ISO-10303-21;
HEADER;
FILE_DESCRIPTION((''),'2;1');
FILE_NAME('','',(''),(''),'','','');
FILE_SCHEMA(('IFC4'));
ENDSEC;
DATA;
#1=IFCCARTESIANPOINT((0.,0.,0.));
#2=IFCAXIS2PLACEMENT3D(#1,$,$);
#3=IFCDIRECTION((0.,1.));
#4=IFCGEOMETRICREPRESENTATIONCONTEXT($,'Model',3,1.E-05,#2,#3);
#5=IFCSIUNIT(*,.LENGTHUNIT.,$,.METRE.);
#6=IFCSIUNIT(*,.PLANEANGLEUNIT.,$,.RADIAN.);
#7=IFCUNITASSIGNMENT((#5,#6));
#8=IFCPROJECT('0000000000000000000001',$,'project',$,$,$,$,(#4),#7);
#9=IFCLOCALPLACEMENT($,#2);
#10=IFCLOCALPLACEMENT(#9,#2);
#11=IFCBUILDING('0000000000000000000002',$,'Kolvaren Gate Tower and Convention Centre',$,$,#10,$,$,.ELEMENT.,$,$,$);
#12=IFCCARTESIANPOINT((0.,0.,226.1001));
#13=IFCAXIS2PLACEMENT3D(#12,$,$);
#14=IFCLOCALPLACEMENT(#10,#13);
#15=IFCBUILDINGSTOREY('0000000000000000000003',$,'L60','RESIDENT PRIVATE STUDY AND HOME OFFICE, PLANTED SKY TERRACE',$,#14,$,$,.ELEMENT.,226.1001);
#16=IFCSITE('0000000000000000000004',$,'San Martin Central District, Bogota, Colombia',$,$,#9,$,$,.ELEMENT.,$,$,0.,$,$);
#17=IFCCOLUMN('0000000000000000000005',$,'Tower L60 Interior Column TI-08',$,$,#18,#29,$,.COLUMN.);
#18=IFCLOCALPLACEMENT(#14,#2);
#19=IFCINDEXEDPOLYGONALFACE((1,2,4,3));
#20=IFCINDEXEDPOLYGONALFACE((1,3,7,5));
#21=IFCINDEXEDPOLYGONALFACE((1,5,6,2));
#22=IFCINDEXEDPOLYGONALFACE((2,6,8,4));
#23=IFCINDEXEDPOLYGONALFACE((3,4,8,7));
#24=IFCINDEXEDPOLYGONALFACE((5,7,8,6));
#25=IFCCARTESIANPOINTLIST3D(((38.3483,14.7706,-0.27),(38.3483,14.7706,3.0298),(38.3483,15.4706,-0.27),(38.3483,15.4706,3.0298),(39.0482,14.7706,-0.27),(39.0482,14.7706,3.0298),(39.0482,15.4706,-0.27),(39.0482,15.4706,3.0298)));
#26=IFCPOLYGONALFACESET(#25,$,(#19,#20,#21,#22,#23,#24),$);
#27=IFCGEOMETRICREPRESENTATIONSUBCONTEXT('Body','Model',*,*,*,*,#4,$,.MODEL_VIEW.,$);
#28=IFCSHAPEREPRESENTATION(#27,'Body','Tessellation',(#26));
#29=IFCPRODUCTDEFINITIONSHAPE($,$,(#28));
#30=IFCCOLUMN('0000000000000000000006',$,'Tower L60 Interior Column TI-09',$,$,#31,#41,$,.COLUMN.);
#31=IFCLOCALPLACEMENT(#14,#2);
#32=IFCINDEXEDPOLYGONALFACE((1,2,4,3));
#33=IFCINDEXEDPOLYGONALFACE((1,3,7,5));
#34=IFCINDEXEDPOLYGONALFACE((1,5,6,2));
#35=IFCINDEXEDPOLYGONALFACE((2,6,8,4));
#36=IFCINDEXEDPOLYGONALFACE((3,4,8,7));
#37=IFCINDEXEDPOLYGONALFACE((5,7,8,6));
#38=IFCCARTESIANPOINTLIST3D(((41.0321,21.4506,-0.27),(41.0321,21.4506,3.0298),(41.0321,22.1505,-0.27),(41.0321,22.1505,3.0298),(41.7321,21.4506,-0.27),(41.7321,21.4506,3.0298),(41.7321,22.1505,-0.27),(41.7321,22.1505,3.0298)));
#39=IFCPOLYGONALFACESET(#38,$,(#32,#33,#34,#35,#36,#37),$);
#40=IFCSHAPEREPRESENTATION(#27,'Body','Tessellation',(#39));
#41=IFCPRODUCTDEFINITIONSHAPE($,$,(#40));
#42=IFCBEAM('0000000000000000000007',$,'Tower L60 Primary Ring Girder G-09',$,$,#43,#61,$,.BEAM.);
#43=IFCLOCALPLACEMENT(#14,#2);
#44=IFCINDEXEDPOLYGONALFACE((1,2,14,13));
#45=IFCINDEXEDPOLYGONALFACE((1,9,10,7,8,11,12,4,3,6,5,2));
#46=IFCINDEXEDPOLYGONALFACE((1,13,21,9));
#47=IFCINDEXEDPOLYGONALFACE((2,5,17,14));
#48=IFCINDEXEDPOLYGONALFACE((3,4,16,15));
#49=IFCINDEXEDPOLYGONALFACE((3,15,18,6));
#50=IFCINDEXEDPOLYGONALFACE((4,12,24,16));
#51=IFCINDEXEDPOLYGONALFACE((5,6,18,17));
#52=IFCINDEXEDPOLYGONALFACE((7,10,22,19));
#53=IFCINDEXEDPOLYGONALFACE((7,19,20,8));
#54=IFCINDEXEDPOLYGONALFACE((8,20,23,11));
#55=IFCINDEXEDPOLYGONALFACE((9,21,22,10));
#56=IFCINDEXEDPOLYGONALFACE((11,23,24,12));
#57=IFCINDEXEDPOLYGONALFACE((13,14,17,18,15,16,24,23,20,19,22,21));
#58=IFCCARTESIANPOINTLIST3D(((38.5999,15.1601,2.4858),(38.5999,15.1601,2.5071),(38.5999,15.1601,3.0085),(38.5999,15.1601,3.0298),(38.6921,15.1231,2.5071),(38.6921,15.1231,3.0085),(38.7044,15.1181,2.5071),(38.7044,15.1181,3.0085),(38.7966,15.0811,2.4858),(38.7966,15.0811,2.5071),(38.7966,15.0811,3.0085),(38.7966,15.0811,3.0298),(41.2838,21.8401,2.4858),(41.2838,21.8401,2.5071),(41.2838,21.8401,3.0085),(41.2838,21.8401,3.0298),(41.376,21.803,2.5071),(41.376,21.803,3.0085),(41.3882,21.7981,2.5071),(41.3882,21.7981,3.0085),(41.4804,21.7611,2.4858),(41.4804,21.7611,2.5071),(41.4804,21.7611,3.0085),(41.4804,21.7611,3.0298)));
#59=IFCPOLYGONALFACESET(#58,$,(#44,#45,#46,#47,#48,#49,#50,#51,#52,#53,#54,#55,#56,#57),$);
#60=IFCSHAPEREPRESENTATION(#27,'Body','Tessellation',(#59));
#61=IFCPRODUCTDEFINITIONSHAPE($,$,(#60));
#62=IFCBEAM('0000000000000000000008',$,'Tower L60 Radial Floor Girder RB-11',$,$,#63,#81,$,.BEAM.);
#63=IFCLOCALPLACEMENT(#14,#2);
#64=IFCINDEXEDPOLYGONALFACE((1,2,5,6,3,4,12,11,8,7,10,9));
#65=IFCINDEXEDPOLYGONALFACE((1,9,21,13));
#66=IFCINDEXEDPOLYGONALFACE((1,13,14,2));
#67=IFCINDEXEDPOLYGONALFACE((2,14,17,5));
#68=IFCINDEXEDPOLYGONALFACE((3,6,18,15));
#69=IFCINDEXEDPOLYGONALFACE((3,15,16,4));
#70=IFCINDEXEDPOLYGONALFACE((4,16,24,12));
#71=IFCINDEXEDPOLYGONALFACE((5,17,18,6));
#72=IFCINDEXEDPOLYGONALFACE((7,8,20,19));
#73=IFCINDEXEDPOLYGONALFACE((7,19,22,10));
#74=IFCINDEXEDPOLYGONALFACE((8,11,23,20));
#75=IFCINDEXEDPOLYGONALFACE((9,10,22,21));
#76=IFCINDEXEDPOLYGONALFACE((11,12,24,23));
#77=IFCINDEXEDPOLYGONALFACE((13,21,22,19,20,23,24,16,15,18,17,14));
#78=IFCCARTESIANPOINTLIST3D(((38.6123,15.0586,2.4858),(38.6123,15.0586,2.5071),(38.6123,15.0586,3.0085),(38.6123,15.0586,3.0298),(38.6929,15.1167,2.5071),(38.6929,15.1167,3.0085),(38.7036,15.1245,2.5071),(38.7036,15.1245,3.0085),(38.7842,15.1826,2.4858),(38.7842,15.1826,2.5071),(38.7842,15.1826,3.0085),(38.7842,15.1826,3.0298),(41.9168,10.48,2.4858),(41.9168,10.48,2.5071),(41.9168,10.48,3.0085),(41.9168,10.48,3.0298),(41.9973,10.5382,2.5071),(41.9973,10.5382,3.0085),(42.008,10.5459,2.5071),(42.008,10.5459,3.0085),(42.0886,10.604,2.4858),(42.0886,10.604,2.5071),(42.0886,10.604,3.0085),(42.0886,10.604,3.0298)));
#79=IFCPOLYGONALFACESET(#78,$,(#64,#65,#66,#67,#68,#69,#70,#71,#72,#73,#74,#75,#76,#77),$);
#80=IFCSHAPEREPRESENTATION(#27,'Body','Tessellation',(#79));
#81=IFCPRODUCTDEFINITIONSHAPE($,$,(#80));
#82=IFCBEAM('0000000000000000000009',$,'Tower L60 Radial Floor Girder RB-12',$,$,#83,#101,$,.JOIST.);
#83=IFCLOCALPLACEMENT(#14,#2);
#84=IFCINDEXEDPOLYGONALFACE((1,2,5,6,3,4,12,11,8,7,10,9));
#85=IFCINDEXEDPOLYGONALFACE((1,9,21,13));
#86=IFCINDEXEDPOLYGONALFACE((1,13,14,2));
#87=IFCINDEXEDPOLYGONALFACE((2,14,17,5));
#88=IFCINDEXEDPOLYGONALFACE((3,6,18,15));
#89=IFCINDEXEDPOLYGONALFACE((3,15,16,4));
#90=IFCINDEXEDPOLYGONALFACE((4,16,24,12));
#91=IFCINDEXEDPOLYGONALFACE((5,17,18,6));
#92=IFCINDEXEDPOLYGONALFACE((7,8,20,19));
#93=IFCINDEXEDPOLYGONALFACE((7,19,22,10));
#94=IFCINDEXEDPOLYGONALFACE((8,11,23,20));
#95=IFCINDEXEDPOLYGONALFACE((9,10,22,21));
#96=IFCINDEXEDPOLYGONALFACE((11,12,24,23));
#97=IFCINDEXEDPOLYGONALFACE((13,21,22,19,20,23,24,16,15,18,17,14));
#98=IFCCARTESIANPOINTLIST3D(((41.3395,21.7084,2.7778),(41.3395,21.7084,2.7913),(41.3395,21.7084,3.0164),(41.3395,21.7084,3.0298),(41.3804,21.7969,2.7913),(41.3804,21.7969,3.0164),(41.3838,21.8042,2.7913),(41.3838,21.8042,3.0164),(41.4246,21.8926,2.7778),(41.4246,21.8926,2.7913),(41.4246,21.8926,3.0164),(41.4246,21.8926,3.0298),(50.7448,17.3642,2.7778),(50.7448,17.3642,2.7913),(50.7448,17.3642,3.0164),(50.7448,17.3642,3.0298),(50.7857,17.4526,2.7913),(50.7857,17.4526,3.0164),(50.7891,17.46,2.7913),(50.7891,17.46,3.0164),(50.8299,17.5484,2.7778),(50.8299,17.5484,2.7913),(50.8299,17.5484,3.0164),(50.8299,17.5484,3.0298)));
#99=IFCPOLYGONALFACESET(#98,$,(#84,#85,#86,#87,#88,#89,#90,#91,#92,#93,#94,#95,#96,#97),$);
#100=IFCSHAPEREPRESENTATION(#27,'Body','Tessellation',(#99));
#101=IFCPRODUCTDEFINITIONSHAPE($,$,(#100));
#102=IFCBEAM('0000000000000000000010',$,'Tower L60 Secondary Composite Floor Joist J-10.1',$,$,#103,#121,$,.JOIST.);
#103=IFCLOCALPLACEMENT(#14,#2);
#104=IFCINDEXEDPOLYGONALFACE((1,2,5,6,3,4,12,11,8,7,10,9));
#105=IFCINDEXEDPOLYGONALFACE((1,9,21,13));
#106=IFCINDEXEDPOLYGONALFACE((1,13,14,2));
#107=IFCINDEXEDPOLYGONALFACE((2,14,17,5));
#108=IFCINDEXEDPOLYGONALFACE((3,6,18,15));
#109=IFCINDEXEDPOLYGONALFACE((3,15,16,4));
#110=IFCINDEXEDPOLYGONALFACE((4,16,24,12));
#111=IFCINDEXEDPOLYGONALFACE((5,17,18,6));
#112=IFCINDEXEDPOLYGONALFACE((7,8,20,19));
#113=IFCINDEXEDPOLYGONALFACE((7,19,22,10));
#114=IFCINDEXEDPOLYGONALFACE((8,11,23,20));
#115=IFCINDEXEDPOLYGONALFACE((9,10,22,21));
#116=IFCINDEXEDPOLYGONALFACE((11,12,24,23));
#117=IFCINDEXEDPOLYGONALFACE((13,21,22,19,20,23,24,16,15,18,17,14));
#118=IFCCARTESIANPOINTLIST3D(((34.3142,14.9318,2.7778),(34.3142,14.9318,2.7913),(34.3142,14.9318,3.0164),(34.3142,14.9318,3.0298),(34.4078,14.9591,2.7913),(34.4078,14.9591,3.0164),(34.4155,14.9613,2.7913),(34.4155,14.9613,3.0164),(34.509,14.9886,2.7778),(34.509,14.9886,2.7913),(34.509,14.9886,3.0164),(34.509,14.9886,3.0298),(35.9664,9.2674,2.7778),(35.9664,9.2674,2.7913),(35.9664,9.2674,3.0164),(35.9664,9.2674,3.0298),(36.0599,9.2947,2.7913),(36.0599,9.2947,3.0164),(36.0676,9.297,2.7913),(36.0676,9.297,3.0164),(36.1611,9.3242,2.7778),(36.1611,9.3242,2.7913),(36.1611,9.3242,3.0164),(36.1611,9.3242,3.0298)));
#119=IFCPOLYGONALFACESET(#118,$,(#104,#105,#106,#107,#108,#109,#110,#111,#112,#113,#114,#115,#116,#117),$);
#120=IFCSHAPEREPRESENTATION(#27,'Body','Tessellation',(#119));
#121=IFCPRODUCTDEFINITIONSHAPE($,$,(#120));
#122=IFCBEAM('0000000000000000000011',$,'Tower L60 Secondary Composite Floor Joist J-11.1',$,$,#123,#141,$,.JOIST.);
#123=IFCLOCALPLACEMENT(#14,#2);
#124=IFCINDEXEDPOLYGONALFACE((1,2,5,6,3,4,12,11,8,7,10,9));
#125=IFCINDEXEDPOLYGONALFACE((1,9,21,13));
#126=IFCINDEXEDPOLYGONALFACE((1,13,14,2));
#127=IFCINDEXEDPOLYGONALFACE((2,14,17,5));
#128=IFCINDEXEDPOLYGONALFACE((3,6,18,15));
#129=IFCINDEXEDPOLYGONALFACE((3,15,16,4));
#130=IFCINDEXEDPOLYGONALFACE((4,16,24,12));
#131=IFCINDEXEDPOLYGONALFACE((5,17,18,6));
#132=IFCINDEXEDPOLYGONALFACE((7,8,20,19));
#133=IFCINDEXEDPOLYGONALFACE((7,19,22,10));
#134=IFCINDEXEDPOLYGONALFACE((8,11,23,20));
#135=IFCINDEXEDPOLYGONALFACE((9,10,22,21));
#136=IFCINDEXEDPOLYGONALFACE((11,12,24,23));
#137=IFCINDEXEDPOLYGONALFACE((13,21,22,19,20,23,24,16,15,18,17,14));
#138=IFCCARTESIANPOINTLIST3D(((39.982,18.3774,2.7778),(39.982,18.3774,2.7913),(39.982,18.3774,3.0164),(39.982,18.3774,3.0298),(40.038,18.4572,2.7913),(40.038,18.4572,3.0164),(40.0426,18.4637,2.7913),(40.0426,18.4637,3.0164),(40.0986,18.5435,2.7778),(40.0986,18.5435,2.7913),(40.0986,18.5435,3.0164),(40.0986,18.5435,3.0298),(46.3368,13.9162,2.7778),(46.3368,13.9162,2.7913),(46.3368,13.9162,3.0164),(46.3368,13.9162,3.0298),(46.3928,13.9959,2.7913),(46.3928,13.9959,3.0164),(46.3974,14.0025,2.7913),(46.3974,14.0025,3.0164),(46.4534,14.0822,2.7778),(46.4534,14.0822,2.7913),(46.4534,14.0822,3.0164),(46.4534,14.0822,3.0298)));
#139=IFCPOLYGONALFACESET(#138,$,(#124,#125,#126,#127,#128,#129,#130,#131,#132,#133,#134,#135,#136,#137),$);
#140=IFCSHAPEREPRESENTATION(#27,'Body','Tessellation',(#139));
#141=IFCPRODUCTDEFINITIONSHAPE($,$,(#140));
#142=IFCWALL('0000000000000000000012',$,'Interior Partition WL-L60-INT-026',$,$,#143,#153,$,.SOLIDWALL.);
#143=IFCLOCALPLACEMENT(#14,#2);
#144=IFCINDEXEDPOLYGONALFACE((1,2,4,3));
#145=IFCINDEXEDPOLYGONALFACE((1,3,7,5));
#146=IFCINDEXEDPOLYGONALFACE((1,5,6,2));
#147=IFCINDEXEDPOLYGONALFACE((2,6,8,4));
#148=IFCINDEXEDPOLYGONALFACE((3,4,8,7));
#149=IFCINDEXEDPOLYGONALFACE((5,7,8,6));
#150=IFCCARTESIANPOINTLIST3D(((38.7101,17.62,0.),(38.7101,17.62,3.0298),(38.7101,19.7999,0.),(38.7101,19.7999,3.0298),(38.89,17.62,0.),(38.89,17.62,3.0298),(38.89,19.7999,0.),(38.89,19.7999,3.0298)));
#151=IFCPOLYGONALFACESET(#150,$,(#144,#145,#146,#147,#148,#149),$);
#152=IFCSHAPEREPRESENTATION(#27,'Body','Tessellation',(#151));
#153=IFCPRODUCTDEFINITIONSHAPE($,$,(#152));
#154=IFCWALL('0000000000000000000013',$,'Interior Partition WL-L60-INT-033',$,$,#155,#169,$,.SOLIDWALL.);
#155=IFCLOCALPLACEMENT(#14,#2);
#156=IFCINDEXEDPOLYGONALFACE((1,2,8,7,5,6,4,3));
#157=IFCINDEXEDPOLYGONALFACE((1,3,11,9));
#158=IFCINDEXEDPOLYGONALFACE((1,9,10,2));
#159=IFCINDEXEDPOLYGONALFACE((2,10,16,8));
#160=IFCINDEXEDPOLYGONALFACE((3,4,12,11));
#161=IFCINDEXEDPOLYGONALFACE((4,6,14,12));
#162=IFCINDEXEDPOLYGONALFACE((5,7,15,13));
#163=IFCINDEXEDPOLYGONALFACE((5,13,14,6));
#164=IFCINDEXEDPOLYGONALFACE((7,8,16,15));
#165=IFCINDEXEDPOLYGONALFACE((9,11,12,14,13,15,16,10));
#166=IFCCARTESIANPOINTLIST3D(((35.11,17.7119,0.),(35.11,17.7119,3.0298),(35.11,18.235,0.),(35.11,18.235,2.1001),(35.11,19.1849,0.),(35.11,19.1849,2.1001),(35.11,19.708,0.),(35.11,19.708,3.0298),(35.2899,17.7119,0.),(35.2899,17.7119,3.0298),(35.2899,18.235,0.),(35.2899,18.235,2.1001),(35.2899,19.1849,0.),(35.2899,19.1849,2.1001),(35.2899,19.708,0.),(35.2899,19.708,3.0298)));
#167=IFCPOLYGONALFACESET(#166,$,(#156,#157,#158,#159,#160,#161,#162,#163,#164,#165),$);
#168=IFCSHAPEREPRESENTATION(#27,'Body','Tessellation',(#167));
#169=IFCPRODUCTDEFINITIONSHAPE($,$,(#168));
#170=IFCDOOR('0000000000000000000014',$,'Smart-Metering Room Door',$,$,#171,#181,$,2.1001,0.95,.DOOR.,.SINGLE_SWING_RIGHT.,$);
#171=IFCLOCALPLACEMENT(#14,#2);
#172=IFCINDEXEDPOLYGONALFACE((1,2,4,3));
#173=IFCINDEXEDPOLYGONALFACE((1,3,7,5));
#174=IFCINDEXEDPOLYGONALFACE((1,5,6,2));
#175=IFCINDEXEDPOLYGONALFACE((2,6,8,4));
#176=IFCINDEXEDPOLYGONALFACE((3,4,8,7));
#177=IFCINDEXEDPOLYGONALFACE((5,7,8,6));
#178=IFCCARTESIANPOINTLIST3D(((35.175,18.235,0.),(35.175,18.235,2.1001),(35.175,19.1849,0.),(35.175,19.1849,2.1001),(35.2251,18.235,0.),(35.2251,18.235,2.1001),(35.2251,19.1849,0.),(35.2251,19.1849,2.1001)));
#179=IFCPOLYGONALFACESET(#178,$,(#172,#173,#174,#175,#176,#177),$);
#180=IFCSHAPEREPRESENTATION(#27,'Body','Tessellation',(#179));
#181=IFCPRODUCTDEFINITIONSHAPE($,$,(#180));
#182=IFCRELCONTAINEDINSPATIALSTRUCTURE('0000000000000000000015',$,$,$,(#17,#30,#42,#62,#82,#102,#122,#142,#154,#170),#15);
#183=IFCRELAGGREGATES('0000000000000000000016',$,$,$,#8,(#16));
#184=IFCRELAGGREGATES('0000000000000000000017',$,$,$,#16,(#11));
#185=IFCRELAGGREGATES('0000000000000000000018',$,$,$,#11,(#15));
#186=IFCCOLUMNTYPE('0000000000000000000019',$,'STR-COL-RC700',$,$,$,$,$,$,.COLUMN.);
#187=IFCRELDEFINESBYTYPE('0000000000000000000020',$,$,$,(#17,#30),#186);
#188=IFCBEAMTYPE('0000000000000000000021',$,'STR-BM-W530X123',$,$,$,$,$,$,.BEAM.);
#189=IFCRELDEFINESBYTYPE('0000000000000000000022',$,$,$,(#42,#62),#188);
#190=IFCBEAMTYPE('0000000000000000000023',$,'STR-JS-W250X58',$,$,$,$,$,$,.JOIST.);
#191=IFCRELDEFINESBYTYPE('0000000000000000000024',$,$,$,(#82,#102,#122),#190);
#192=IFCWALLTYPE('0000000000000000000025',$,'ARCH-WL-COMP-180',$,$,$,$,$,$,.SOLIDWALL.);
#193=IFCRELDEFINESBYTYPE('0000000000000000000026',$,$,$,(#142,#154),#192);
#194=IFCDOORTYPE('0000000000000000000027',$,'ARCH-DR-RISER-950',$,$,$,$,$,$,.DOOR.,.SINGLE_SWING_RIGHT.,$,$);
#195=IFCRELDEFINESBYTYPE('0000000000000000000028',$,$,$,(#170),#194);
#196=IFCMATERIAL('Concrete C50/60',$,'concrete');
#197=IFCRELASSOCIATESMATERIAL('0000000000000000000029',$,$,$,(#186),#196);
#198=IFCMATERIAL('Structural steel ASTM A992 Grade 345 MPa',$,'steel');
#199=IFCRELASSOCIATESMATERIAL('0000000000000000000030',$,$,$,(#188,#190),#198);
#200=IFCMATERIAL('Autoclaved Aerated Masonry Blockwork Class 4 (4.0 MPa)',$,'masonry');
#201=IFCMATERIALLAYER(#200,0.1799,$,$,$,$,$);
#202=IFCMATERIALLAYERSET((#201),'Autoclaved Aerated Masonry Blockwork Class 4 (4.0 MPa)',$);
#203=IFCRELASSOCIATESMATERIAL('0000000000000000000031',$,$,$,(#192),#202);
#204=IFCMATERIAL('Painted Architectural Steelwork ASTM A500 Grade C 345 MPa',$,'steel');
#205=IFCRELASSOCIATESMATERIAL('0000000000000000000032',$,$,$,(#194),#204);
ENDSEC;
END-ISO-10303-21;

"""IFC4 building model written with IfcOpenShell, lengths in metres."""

from ifc_helpers import new_model, si_unit, direction, frame, frame_2d, origin, origin_2d, place, context, subcontext, project, spatial, rectangle, i_section, extrude, material, layer, layer_set, material_profile, profile_set, type_object, element, fill, save


model = new_model("IFC4")

# Units and contexts
model_context = context("Model", 3, precision=1e-05, world=origin(), true_north=direction((0.0, 1.0)))
body_context = subcontext(model_context, "Body", "Model", "MODEL_VIEW")
ifc_project = project(units=[si_unit("LENGTHUNIT", "METRE"), si_unit("PLANEANGLEUNIT", "RADIAN")], contexts=[model_context])

# Site, building, storey
site_placement = place(None, origin())
site = spatial("IfcSite", under=ifc_project, at=site_placement, Name="San Martin Central District, Bogota, Colombia", CompositionType="ELEMENT", RefElevation=0.0)
building_placement = place(site_placement, origin())
building = spatial("IfcBuilding", under=site, at=building_placement, Name="Kolvaren Gate Tower and Convention Centre", CompositionType="ELEMENT")
storey_placement = place(building_placement, frame((0.0, 0.0, 226.1001)))
storey = spatial("IfcBuildingStorey", under=building, at=storey_placement, Name="L60", Description="RESIDENT PRIVATE STUDY AND HOME OFFICE, PLANTED SKY TERRACE", CompositionType="ELEMENT", Elevation=226.1001)

# Columns
ifc_material_1 = material(Name="Concrete C50/60", Category="concrete")
ifc_material_profile_1 = material_profile(ifc_material_1, rectangle(XDim=0.7, YDim=0.7, at=origin_2d()), Name="RC-COL-700X700")
ifc_profile_set_1 = profile_set([ifc_material_profile_1], Name="Concrete C50/60")
column_type = type_object("IfcColumnType", Name="STR-COL-RC700", PredefinedType="COLUMN", material=ifc_profile_set_1)
for number, where, z_axis, x_axis, name in (
    (1, (38.6982, 15.1206, -0.27), (0.0, 0.0, 1.0), (1.0, 0.0, 0.0), "Tower L60 Interior Column TI-08"),
    (2, (41.3821, 21.8005, -0.27), (0.0, 0.0, 1.0), (1.0, 0.0, 0.0), "Tower L60 Interior Column TI-09"),
):
    element("IfcColumn", number, at=place(storey_placement, frame(where, z_axis=z_axis, x_axis=x_axis)), inside=storey, type_object=column_type, Name=name, PredefinedType="COLUMN", context=body_context, shape_type="SweptSolid", body=[
        extrude(rectangle(XDim=0.7, YDim=0.7, at=origin_2d()), origin(), (0.0, 0.0, 1.0), 3.2998),
    ])

# Beams
ifc_material_2 = material(Name="Structural steel ASTM A992 Grade 345 MPa", Category="steel")
ifc_material_profile_2 = material_profile(ifc_material_2, i_section(OverallWidth=0.2119, OverallDepth=0.5439, WebThickness=0.0132, FlangeThickness=0.0212, at=origin_2d()), Name="W530X123")
ifc_profile_set_2 = profile_set([ifc_material_profile_2], Name="Structural steel ASTM A992 Grade 345 MPa")
beam_type_1 = type_object("IfcBeamType", Name="STR-BM-W530X123", PredefinedType="BEAM", material=ifc_profile_set_2)
beam_1_placement = place(storey_placement, frame((38.6982, 15.1206, 2.7578), z_axis=(0.372811, 0.927907, 0.0), x_axis=(-0.927907, 0.372811, 0.0)))
element("IfcBeam", 3, at=beam_1_placement, inside=storey, type_object=beam_type_1, Name="Tower L60 Primary Ring Girder G-09", PredefinedType="BEAM", context=body_context, shape_type="SweptSolid", body=[
    extrude(i_section(OverallWidth=0.2119, OverallDepth=0.5439, WebThickness=0.0132, FlangeThickness=0.0212, at=origin_2d()), origin(), (0.0, 0.0, 1.0), 7.199),
])
beam_2_placement = place(storey_placement, frame((38.6982, 15.1206, 2.7578), z_axis=(0.585219, -0.810875, 0.0), x_axis=(0.810875, 0.585219, 0.0)))
element("IfcBeam", 4, at=beam_2_placement, inside=storey, type_object=beam_type_1, Name="Tower L60 Radial Floor Girder RB-11", PredefinedType="BEAM", context=body_context, shape_type="SweptSolid", body=[
    extrude(i_section(OverallWidth=0.2119, OverallDepth=0.5439, WebThickness=0.0132, FlangeThickness=0.0212, at=origin_2d()), origin(), (0.0, 0.0, 1.0), 5.6465),
])
ifc_material_profile_3 = material_profile(ifc_material_2, i_section(OverallWidth=0.2029, OverallDepth=0.252, WebThickness=0.0081, FlangeThickness=0.0134, at=origin_2d()), Name="W250X58")
ifc_profile_set_3 = profile_set([ifc_material_profile_3], Name="Structural steel ASTM A992 Grade 345 MPa")
beam_type_2 = type_object("IfcBeamType", Name="STR-JS-W250X58", PredefinedType="JOIST", material=ifc_profile_set_3)
beam_3_placement = place(storey_placement, frame((41.3821, 21.8005, 2.9038), z_axis=(0.907837, -0.419324, 0.0), x_axis=(0.419324, 0.907837, 0.0)))
element("IfcBeam", 5, at=beam_3_placement, inside=storey, type_object=beam_type_2, Name="Tower L60 Radial Floor Girder RB-12", PredefinedType="JOIST", context=body_context, shape_type="SweptSolid", body=[
    extrude(i_section(OverallWidth=0.2029, OverallDepth=0.252, WebThickness=0.0081, FlangeThickness=0.0134, at=origin_2d()), origin(), (0.0, 0.0, 1.0), 10.3601),
])
beam_4_placement = place(storey_placement, frame((34.4116, 14.9602, 2.9038), z_axis=(0.280002, -0.96, 0.0), x_axis=(0.96, 0.280002, 0.0)))
element("IfcBeam", 6, at=beam_4_placement, inside=storey, type_object=beam_type_2, Name="Tower L60 Secondary Composite Floor Joist J-10.1", PredefinedType="JOIST", context=body_context, shape_type="SweptSolid", body=[
    extrude(i_section(OverallWidth=0.2029, OverallDepth=0.252, WebThickness=0.0081, FlangeThickness=0.0134, at=origin_2d()), origin(), (0.0, 0.0, 1.0), 5.9004),
])
beam_5_placement = place(storey_placement, frame((40.0403, 18.4604, 2.9038), z_axis=(0.818453, -0.574574, 0.0), x_axis=(0.574574, 0.818453, 0.0)))
element("IfcBeam", 7, at=beam_5_placement, inside=storey, type_object=beam_type_2, Name="Tower L60 Secondary Composite Floor Joist J-11.1", PredefinedType="JOIST", context=body_context, shape_type="SweptSolid", body=[
    extrude(i_section(OverallWidth=0.2029, OverallDepth=0.252, WebThickness=0.0081, FlangeThickness=0.0134, at=origin_2d()), origin(), (0.0, 0.0, 1.0), 7.7644),
])

# Wall
ifc_material_3 = material(Name="Autoclaved Aerated Masonry Blockwork Class 4 (4.0 MPa)", Category="masonry")
ifc_layer_1 = layer(ifc_material_3, 0.1799)
ifc_layer_set_1 = layer_set([ifc_layer_1], Name="Autoclaved Aerated Masonry Blockwork Class 4 (4.0 MPa)")
wall_type_1 = type_object("IfcWallType", Name="ARCH-WL-COMP-180", PredefinedType="SOLIDWALL", material=ifc_layer_set_1)
wall_1_placement = place(storey_placement, frame((38.8, 17.6201, 0.0), z_axis=(0.0, 0.0, 1.0), x_axis=(0.0, 1.0, 0.0)))
element("IfcWall", 8, at=wall_1_placement, inside=storey, type_object=wall_type_1, Name="Interior Partition WL-L60-INT-026", PredefinedType="SOLIDWALL", context=body_context, shape_type="SweptSolid", body=[
    extrude(rectangle(XDim=2.1799, YDim=0.1799, at=frame_2d((1.0898, 0.0))), origin(), (0.0, 0.0, 1.0), 3.0298),
])

# Wall, opening, door
wall_2_placement = place(storey_placement, frame((35.2, 17.7119, 0.0), z_axis=(0.0, 0.0, 1.0), x_axis=(0.0, 1.0, 0.0)))
wall_2 = element("IfcWall", 9, at=wall_2_placement, inside=storey, type_object=wall_type_1, Name="Interior Partition WL-L60-INT-033", PredefinedType="SOLIDWALL", context=body_context, shape_type="SweptSolid", body=[
    extrude(rectangle(XDim=1.9961, YDim=0.1799, at=frame_2d((0.998, 0.0))), origin(), (0.0, 0.0, 1.0), 3.0298),
])
opening_placement = place(wall_2_placement, frame((0.5229, 0.0, 0.0)))
opening = element("IfcOpeningElement", 10, at=opening_placement, cuts=wall_2, PredefinedType="OPENING", context=body_context, shape_type="SweptSolid", body=[
    extrude(rectangle(XDim=0.95, YDim=2.1001, at=frame_2d((0.4751, 1.05))), frame((0.0, 0.0999, 0.0), z_axis=(0.0, -1.0, 0.0), x_axis=(1.0, 0.0, 0.0)), (0.0, 0.0, 1.0), 0.2),
])
ifc_material_4 = material(Name="Painted Architectural Steelwork ASTM A500 Grade C 345 MPa", Category="steel")
door_type = type_object("IfcDoorType", Name="ARCH-DR-RISER-950", OperationType="SINGLE_SWING_RIGHT", PredefinedType="DOOR", material=ifc_material_4)
door_placement = place(opening_placement, origin())
door = element("IfcDoor", 11, at=door_placement, inside=storey, type_object=door_type, Name="Smart-Metering Room Door", OperationType="SINGLE_SWING_RIGHT", OverallHeight=2.1001, OverallWidth=0.95, PredefinedType="DOOR", context=body_context, shape_type="SweptSolid", body=[
    extrude(rectangle(XDim=0.95, YDim=2.1001, at=frame_2d((0.4751, 1.05))), frame((0.0, 0.0249, 0.0), z_axis=(0.0, -1.0, 0.0), x_axis=(1.0, 0.0, 0.0)), (0.0, 0.0, 1.0), 0.05),
])
fill(opening, door)

save(model, "model.ifc")
